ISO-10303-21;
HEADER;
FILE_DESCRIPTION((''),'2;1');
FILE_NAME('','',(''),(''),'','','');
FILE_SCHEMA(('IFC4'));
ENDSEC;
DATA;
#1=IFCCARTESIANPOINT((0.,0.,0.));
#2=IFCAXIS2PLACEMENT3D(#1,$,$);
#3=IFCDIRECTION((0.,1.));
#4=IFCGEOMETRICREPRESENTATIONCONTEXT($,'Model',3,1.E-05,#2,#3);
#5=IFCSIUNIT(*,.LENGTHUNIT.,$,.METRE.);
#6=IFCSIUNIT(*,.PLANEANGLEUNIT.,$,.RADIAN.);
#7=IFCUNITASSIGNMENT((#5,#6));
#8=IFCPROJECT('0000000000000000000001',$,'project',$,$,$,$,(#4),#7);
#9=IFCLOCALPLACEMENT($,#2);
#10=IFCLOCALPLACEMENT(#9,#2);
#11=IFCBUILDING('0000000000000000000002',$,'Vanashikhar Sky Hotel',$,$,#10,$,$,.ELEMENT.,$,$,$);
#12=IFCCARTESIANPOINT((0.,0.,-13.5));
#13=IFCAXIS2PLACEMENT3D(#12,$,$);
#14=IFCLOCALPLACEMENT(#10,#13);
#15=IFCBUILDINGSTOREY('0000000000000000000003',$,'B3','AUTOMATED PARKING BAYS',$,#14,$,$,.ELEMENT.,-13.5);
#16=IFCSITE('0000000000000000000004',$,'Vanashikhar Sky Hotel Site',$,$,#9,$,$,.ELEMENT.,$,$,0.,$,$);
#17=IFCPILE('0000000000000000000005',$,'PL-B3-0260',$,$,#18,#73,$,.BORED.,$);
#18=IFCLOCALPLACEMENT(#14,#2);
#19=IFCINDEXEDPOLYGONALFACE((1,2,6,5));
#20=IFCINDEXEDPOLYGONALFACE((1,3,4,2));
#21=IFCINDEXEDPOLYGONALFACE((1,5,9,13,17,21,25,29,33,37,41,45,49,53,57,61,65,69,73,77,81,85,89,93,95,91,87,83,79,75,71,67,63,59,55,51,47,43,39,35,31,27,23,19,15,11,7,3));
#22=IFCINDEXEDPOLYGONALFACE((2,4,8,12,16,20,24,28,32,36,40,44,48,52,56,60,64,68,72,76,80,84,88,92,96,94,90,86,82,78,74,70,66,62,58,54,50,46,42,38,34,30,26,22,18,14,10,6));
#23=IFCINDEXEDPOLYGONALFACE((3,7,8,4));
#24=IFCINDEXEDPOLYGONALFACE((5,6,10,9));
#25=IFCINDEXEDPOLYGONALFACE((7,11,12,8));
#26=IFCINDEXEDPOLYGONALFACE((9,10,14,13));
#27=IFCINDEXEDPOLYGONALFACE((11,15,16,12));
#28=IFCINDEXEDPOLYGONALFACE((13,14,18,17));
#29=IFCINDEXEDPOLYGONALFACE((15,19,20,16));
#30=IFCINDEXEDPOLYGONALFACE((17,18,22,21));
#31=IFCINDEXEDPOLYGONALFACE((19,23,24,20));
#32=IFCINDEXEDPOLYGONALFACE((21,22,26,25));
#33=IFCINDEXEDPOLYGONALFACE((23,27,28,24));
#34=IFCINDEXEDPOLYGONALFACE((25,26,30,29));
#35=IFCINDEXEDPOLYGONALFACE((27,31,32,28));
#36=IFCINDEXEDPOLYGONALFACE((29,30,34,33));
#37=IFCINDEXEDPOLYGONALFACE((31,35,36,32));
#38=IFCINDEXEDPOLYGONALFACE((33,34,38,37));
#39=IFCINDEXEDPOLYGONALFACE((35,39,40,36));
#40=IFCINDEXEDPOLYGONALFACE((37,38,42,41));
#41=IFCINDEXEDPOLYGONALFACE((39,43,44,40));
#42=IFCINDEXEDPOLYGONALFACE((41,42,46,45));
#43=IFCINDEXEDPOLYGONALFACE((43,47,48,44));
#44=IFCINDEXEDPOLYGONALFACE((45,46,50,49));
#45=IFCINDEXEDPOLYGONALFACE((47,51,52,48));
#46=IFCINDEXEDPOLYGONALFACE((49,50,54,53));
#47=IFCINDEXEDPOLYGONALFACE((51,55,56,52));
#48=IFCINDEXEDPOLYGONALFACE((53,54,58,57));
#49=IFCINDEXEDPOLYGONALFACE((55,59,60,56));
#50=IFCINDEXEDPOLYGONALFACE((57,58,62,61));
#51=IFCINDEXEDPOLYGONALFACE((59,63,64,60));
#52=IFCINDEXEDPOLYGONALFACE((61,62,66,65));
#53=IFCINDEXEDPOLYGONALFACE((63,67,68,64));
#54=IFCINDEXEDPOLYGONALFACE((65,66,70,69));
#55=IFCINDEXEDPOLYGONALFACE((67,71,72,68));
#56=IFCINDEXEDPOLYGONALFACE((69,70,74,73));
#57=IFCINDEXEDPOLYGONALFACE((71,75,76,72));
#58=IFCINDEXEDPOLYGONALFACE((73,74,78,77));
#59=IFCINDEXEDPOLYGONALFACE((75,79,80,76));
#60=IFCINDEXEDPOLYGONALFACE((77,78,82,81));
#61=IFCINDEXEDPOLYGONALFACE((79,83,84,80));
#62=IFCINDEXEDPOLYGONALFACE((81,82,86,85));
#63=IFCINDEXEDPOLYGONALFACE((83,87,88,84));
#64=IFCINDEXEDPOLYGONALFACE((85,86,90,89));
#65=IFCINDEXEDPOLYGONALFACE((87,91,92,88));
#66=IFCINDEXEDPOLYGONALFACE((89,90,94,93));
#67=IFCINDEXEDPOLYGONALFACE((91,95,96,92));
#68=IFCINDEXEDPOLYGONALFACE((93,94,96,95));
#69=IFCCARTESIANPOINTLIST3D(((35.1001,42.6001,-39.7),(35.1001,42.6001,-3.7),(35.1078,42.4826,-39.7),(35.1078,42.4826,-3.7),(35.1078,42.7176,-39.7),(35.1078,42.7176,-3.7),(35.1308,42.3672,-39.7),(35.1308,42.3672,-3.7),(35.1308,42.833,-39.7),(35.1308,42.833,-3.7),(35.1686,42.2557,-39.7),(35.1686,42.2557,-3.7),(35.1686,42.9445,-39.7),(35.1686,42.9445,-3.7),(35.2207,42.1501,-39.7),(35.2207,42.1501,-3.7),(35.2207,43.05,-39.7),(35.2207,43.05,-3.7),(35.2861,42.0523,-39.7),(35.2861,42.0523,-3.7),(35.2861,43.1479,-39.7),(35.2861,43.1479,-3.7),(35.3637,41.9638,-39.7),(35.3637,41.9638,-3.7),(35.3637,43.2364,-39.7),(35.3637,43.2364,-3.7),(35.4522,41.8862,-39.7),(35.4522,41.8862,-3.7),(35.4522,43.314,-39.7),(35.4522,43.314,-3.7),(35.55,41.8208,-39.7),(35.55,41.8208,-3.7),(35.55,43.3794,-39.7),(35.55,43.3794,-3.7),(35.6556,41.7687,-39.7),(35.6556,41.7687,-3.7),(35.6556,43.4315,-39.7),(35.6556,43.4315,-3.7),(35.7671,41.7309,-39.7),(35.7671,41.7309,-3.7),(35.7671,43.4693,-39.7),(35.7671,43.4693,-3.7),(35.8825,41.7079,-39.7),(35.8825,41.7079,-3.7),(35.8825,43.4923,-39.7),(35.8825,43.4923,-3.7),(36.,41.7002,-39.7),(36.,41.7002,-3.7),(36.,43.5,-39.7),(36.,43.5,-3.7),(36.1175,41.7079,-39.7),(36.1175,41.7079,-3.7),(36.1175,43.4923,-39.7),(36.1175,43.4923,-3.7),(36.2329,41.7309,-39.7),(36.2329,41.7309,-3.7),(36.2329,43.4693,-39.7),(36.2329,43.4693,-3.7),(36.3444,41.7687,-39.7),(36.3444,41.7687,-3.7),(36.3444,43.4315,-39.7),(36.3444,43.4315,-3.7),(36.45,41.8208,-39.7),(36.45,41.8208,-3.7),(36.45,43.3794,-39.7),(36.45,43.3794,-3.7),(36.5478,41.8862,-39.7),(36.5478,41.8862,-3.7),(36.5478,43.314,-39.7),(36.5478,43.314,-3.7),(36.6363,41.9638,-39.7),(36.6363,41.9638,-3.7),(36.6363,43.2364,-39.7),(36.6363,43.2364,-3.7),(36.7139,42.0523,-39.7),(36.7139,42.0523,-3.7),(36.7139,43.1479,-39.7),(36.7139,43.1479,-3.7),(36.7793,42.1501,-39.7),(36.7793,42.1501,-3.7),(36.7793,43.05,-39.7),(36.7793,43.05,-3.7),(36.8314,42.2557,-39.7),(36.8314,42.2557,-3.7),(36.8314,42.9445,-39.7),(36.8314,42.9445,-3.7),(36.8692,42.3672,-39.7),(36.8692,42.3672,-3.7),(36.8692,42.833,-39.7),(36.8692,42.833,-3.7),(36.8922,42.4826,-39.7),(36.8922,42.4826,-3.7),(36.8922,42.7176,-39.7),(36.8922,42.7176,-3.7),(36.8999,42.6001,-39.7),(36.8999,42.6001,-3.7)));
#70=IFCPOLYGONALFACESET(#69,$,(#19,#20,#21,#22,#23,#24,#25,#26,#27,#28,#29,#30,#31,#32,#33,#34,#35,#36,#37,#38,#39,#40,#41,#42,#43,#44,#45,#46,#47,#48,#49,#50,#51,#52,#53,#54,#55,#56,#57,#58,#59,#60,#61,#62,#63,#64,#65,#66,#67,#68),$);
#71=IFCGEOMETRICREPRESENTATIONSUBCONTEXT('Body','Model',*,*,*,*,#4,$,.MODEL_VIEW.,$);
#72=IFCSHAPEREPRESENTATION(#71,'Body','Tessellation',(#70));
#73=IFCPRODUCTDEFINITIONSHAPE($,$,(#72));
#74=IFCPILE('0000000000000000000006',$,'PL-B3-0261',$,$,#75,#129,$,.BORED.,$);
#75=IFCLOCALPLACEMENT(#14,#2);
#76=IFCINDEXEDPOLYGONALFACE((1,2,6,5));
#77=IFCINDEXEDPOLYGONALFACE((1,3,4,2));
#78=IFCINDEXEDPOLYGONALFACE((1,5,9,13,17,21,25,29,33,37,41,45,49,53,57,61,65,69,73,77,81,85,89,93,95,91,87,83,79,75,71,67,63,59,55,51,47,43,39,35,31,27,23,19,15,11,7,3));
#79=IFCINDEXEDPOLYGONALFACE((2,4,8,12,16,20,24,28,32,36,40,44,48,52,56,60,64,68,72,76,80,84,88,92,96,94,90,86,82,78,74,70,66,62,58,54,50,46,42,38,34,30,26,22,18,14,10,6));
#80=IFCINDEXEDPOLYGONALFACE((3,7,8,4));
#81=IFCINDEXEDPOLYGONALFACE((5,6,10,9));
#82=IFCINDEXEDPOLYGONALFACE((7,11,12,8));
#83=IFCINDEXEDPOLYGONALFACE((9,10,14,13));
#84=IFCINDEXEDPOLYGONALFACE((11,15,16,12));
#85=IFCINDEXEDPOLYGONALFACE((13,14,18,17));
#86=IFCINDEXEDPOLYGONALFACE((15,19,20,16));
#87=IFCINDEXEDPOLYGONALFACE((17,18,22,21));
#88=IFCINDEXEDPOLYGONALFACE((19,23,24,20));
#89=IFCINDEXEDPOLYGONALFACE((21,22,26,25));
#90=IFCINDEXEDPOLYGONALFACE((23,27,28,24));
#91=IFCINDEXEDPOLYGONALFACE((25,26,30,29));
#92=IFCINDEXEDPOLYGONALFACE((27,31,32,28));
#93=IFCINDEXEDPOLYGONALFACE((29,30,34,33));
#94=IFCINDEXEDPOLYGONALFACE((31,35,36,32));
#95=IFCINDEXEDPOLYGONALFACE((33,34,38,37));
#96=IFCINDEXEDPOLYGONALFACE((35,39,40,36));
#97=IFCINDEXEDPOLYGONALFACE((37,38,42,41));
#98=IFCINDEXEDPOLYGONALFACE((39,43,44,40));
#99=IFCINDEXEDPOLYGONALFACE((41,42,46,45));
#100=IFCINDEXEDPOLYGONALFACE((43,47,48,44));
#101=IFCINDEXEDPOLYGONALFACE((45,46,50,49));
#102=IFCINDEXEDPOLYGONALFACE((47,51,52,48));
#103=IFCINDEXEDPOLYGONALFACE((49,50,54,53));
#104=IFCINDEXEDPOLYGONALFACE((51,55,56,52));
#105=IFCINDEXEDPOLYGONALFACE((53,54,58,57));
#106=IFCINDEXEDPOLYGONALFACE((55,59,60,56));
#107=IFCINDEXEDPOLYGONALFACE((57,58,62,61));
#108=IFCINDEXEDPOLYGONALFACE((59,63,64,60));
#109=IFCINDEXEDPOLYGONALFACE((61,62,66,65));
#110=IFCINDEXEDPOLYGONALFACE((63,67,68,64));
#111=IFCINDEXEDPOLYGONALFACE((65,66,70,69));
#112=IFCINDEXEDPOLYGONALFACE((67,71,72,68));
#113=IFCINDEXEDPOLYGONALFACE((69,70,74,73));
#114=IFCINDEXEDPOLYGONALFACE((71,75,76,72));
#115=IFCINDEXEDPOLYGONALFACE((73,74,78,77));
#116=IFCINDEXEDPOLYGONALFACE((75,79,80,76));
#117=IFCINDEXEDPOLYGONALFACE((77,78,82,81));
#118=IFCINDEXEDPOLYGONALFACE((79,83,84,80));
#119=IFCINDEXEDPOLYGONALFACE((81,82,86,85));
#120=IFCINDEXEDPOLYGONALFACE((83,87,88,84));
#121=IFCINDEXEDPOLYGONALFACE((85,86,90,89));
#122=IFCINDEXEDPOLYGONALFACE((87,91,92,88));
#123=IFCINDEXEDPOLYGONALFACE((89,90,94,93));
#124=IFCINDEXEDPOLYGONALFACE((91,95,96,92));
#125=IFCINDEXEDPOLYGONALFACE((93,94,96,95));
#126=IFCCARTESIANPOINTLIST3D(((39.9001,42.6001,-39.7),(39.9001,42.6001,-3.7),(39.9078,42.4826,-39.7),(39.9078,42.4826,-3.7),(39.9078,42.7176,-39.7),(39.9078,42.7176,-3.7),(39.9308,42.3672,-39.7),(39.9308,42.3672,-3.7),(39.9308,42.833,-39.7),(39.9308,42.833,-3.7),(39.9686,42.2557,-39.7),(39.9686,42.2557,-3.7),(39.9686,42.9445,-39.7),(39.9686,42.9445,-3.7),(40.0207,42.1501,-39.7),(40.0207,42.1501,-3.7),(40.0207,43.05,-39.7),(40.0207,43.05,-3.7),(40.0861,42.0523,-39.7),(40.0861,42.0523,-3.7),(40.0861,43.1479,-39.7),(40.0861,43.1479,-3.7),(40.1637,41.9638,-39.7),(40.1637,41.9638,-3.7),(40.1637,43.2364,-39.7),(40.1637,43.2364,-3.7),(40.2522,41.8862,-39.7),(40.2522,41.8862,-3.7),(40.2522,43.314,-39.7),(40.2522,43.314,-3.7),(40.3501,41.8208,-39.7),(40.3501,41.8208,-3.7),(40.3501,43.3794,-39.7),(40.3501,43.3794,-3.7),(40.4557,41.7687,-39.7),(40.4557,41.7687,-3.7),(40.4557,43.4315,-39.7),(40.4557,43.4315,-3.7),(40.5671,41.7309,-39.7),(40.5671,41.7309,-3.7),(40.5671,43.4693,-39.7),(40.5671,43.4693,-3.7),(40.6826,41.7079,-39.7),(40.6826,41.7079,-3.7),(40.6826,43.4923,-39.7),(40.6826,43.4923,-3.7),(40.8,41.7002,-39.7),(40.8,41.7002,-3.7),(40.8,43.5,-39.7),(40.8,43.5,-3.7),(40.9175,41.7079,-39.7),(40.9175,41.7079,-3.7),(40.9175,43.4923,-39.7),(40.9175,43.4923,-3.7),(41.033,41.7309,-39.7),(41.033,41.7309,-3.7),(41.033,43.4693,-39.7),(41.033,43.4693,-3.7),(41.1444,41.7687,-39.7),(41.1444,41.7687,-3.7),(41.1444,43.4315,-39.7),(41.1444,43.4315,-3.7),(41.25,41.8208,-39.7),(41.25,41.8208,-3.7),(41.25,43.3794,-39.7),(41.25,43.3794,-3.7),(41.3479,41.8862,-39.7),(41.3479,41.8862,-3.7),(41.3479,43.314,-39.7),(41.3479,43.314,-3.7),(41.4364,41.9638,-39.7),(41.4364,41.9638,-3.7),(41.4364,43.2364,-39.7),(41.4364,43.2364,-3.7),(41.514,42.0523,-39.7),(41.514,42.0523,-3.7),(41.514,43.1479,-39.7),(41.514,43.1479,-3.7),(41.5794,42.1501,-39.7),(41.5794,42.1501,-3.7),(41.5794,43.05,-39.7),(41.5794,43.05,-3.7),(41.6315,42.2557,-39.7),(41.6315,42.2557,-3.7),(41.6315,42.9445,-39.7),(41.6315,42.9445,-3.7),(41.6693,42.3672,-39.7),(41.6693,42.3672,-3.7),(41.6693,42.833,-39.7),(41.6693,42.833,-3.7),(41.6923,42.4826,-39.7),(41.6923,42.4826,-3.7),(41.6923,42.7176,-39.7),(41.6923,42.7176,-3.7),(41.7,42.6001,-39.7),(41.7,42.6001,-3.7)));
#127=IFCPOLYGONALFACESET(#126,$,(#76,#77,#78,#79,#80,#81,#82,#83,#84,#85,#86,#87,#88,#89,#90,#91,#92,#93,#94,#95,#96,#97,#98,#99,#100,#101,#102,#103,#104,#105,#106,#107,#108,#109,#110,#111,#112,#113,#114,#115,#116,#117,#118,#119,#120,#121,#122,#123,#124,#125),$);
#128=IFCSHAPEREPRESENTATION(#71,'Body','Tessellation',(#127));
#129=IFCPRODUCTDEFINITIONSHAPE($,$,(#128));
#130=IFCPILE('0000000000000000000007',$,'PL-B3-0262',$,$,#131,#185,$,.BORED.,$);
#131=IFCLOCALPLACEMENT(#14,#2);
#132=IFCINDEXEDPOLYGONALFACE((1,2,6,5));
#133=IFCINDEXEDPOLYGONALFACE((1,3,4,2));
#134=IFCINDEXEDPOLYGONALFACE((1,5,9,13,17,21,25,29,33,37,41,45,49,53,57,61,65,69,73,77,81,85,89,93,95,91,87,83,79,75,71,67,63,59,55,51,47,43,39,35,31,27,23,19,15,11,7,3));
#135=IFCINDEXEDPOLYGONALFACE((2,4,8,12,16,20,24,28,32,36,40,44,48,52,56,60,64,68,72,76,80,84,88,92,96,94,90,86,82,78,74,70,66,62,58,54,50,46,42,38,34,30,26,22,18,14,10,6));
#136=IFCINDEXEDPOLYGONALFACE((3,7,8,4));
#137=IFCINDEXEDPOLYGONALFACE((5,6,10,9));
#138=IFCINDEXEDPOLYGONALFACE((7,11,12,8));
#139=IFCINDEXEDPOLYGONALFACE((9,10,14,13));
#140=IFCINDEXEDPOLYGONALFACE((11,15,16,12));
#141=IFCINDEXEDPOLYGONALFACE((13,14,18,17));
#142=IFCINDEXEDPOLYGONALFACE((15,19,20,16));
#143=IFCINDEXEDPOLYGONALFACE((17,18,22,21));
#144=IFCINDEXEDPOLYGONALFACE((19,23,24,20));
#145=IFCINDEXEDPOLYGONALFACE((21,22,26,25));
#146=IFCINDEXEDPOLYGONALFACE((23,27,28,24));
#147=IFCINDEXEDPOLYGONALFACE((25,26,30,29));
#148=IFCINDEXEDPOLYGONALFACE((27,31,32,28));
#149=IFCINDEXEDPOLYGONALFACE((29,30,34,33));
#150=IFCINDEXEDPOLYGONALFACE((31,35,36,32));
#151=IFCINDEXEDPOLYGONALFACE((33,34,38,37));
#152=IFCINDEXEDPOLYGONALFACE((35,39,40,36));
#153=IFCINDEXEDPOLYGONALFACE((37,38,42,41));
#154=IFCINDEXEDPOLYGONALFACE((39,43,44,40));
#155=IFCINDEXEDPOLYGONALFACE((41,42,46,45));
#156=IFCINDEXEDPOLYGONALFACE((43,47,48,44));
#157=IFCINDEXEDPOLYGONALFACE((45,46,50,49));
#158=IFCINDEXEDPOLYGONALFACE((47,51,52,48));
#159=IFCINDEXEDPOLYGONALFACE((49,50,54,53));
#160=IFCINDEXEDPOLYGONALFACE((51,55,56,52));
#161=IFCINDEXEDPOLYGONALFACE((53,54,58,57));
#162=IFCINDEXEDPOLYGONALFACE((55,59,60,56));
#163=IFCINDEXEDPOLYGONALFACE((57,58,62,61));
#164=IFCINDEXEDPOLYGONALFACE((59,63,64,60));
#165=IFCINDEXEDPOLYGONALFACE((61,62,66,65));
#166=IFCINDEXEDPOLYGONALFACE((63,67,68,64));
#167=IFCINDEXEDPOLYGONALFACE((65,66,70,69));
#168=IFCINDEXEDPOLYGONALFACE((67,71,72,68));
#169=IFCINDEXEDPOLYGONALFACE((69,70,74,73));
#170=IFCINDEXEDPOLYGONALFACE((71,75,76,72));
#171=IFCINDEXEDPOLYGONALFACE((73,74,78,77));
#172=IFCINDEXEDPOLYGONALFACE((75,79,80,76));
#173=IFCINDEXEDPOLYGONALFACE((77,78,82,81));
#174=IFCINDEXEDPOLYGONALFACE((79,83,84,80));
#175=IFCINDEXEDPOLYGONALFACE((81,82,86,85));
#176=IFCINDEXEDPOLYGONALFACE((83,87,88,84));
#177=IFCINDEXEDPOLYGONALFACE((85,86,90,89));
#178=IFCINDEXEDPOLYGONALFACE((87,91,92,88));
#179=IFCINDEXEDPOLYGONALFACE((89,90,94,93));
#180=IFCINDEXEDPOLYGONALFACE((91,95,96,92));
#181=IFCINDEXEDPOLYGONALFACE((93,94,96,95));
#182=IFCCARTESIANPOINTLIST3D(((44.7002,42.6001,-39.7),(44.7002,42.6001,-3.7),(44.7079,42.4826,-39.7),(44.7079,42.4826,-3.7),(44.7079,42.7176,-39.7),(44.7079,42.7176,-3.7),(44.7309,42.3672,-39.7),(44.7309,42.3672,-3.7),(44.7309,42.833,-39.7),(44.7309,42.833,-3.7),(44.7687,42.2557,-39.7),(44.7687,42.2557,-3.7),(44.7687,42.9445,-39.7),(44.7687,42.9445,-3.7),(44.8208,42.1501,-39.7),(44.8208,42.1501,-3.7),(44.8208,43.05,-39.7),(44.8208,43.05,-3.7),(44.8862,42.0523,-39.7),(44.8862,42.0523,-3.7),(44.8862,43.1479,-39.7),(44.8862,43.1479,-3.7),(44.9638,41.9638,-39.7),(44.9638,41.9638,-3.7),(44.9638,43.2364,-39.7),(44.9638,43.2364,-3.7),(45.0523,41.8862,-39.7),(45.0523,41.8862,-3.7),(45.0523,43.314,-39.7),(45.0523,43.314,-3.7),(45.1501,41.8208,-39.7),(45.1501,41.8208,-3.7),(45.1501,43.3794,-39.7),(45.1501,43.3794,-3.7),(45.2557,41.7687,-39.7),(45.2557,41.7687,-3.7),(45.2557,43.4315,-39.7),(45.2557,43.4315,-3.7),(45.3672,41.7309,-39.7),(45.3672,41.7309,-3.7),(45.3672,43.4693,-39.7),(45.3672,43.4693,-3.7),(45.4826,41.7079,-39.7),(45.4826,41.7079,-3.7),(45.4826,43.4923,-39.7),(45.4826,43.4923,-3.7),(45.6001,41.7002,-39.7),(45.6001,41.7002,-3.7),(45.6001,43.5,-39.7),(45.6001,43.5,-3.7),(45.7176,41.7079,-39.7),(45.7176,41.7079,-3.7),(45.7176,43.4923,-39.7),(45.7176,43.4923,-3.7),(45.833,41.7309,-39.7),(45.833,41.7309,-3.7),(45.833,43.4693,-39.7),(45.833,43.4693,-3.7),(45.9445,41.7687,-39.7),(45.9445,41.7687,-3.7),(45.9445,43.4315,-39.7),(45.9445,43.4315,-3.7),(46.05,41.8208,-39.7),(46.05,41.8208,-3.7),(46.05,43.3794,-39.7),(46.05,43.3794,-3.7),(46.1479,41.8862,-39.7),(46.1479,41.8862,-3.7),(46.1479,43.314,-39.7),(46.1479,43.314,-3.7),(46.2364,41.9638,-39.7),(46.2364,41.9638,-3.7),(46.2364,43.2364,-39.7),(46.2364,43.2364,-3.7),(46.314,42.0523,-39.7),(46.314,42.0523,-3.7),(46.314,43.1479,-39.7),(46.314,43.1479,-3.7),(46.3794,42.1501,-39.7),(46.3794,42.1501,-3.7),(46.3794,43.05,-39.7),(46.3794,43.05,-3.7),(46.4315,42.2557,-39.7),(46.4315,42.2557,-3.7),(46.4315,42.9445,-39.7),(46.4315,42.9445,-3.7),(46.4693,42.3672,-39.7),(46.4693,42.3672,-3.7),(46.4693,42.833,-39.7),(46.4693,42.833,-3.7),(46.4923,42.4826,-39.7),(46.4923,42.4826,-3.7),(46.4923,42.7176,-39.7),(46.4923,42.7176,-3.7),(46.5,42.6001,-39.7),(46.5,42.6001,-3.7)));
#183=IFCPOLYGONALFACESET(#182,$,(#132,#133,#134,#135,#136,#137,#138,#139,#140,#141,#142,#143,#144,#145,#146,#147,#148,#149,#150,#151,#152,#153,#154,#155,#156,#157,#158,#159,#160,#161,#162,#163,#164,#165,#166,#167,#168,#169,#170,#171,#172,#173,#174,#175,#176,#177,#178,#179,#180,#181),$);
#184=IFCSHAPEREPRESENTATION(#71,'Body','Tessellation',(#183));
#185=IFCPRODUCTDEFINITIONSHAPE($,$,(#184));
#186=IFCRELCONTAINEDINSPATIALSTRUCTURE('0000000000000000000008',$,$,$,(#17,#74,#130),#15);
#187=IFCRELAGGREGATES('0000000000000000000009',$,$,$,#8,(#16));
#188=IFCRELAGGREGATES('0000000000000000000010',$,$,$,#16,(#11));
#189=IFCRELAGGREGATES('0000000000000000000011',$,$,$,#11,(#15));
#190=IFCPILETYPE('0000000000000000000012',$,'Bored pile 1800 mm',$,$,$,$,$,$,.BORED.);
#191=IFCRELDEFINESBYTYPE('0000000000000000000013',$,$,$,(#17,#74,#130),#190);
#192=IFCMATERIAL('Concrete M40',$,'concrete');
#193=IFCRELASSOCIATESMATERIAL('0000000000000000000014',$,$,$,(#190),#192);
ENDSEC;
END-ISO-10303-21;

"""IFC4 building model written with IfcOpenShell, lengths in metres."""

from ifc_helpers import new_model, si_unit, direction, frame, origin, origin_2d, place, context, subcontext, project, spatial, circle, extrude, source, transform, mapped, material, type_object, element, save


model = new_model("IFC4")

# Units and contexts
model_context = context("Model", 3, precision=1e-05, world=origin(), true_north=direction((0.0, 1.0)))
body_context = subcontext(model_context, "Body", "Model", "MODEL_VIEW")
ifc_project = project(units=[si_unit("LENGTHUNIT", "METRE"), si_unit("PLANEANGLEUNIT", "RADIAN")], contexts=[model_context])

# Site, building, storey
site_placement = place(None, origin())
site = spatial("IfcSite", under=ifc_project, at=site_placement, Name="Vanashikhar Sky Hotel Site", CompositionType="ELEMENT", RefElevation=0.0)
building_placement = place(site_placement, origin())
building = spatial("IfcBuilding", under=site, at=building_placement, Name="Vanashikhar Sky Hotel", CompositionType="ELEMENT")
storey_placement = place(building_placement, frame((0.0, 0.0, -13.5)))
storey = spatial("IfcBuildingStorey", under=building, at=storey_placement, Name="B3", Description="AUTOMATED PARKING BAYS", CompositionType="ELEMENT", Elevation=-13.5)

# Piles
ifc_material_1 = material(Name="Concrete M40", Category="concrete")
pile_type_1 = type_object("IfcPileType", Name="Bored pile 1800 mm", PredefinedType="BORED", material=ifc_material_1)
shared_shape_1 = source(origin(), body_context, "Body", "SweptSolid", [
    extrude(circle(Radius=0.8999, at=origin_2d()), origin(), (0.0, 0.0, 1.0), 36.0),
])
for number, where, z_axis, x_axis, name in (
    (1, (36.0, 42.6001, -3.7), (0.0, 0.0, -1.0), (1.0, 0.0, 0.0), "PL-B3-0260"),
    (2, (40.8, 42.6001, -3.7), (0.0, 0.0, -1.0), (1.0, 0.0, 0.0), "PL-B3-0261"),
    (3, (45.6001, 42.6001, -3.7), (0.0, 0.0, -1.0), (1.0, 0.0, 0.0), "PL-B3-0262"),
):
    element("IfcPile", number, at=place(storey_placement, frame(where, z_axis=z_axis, x_axis=x_axis)), inside=storey, type_object=pile_type_1, Name=name, PredefinedType="BORED", context=body_context, shape_type="MappedRepresentation", body=[
        mapped(shared_shape_1, transform((0.0, 0.0, 0.0), scale=1.0)),
    ])

save(model, "model.ifc")
